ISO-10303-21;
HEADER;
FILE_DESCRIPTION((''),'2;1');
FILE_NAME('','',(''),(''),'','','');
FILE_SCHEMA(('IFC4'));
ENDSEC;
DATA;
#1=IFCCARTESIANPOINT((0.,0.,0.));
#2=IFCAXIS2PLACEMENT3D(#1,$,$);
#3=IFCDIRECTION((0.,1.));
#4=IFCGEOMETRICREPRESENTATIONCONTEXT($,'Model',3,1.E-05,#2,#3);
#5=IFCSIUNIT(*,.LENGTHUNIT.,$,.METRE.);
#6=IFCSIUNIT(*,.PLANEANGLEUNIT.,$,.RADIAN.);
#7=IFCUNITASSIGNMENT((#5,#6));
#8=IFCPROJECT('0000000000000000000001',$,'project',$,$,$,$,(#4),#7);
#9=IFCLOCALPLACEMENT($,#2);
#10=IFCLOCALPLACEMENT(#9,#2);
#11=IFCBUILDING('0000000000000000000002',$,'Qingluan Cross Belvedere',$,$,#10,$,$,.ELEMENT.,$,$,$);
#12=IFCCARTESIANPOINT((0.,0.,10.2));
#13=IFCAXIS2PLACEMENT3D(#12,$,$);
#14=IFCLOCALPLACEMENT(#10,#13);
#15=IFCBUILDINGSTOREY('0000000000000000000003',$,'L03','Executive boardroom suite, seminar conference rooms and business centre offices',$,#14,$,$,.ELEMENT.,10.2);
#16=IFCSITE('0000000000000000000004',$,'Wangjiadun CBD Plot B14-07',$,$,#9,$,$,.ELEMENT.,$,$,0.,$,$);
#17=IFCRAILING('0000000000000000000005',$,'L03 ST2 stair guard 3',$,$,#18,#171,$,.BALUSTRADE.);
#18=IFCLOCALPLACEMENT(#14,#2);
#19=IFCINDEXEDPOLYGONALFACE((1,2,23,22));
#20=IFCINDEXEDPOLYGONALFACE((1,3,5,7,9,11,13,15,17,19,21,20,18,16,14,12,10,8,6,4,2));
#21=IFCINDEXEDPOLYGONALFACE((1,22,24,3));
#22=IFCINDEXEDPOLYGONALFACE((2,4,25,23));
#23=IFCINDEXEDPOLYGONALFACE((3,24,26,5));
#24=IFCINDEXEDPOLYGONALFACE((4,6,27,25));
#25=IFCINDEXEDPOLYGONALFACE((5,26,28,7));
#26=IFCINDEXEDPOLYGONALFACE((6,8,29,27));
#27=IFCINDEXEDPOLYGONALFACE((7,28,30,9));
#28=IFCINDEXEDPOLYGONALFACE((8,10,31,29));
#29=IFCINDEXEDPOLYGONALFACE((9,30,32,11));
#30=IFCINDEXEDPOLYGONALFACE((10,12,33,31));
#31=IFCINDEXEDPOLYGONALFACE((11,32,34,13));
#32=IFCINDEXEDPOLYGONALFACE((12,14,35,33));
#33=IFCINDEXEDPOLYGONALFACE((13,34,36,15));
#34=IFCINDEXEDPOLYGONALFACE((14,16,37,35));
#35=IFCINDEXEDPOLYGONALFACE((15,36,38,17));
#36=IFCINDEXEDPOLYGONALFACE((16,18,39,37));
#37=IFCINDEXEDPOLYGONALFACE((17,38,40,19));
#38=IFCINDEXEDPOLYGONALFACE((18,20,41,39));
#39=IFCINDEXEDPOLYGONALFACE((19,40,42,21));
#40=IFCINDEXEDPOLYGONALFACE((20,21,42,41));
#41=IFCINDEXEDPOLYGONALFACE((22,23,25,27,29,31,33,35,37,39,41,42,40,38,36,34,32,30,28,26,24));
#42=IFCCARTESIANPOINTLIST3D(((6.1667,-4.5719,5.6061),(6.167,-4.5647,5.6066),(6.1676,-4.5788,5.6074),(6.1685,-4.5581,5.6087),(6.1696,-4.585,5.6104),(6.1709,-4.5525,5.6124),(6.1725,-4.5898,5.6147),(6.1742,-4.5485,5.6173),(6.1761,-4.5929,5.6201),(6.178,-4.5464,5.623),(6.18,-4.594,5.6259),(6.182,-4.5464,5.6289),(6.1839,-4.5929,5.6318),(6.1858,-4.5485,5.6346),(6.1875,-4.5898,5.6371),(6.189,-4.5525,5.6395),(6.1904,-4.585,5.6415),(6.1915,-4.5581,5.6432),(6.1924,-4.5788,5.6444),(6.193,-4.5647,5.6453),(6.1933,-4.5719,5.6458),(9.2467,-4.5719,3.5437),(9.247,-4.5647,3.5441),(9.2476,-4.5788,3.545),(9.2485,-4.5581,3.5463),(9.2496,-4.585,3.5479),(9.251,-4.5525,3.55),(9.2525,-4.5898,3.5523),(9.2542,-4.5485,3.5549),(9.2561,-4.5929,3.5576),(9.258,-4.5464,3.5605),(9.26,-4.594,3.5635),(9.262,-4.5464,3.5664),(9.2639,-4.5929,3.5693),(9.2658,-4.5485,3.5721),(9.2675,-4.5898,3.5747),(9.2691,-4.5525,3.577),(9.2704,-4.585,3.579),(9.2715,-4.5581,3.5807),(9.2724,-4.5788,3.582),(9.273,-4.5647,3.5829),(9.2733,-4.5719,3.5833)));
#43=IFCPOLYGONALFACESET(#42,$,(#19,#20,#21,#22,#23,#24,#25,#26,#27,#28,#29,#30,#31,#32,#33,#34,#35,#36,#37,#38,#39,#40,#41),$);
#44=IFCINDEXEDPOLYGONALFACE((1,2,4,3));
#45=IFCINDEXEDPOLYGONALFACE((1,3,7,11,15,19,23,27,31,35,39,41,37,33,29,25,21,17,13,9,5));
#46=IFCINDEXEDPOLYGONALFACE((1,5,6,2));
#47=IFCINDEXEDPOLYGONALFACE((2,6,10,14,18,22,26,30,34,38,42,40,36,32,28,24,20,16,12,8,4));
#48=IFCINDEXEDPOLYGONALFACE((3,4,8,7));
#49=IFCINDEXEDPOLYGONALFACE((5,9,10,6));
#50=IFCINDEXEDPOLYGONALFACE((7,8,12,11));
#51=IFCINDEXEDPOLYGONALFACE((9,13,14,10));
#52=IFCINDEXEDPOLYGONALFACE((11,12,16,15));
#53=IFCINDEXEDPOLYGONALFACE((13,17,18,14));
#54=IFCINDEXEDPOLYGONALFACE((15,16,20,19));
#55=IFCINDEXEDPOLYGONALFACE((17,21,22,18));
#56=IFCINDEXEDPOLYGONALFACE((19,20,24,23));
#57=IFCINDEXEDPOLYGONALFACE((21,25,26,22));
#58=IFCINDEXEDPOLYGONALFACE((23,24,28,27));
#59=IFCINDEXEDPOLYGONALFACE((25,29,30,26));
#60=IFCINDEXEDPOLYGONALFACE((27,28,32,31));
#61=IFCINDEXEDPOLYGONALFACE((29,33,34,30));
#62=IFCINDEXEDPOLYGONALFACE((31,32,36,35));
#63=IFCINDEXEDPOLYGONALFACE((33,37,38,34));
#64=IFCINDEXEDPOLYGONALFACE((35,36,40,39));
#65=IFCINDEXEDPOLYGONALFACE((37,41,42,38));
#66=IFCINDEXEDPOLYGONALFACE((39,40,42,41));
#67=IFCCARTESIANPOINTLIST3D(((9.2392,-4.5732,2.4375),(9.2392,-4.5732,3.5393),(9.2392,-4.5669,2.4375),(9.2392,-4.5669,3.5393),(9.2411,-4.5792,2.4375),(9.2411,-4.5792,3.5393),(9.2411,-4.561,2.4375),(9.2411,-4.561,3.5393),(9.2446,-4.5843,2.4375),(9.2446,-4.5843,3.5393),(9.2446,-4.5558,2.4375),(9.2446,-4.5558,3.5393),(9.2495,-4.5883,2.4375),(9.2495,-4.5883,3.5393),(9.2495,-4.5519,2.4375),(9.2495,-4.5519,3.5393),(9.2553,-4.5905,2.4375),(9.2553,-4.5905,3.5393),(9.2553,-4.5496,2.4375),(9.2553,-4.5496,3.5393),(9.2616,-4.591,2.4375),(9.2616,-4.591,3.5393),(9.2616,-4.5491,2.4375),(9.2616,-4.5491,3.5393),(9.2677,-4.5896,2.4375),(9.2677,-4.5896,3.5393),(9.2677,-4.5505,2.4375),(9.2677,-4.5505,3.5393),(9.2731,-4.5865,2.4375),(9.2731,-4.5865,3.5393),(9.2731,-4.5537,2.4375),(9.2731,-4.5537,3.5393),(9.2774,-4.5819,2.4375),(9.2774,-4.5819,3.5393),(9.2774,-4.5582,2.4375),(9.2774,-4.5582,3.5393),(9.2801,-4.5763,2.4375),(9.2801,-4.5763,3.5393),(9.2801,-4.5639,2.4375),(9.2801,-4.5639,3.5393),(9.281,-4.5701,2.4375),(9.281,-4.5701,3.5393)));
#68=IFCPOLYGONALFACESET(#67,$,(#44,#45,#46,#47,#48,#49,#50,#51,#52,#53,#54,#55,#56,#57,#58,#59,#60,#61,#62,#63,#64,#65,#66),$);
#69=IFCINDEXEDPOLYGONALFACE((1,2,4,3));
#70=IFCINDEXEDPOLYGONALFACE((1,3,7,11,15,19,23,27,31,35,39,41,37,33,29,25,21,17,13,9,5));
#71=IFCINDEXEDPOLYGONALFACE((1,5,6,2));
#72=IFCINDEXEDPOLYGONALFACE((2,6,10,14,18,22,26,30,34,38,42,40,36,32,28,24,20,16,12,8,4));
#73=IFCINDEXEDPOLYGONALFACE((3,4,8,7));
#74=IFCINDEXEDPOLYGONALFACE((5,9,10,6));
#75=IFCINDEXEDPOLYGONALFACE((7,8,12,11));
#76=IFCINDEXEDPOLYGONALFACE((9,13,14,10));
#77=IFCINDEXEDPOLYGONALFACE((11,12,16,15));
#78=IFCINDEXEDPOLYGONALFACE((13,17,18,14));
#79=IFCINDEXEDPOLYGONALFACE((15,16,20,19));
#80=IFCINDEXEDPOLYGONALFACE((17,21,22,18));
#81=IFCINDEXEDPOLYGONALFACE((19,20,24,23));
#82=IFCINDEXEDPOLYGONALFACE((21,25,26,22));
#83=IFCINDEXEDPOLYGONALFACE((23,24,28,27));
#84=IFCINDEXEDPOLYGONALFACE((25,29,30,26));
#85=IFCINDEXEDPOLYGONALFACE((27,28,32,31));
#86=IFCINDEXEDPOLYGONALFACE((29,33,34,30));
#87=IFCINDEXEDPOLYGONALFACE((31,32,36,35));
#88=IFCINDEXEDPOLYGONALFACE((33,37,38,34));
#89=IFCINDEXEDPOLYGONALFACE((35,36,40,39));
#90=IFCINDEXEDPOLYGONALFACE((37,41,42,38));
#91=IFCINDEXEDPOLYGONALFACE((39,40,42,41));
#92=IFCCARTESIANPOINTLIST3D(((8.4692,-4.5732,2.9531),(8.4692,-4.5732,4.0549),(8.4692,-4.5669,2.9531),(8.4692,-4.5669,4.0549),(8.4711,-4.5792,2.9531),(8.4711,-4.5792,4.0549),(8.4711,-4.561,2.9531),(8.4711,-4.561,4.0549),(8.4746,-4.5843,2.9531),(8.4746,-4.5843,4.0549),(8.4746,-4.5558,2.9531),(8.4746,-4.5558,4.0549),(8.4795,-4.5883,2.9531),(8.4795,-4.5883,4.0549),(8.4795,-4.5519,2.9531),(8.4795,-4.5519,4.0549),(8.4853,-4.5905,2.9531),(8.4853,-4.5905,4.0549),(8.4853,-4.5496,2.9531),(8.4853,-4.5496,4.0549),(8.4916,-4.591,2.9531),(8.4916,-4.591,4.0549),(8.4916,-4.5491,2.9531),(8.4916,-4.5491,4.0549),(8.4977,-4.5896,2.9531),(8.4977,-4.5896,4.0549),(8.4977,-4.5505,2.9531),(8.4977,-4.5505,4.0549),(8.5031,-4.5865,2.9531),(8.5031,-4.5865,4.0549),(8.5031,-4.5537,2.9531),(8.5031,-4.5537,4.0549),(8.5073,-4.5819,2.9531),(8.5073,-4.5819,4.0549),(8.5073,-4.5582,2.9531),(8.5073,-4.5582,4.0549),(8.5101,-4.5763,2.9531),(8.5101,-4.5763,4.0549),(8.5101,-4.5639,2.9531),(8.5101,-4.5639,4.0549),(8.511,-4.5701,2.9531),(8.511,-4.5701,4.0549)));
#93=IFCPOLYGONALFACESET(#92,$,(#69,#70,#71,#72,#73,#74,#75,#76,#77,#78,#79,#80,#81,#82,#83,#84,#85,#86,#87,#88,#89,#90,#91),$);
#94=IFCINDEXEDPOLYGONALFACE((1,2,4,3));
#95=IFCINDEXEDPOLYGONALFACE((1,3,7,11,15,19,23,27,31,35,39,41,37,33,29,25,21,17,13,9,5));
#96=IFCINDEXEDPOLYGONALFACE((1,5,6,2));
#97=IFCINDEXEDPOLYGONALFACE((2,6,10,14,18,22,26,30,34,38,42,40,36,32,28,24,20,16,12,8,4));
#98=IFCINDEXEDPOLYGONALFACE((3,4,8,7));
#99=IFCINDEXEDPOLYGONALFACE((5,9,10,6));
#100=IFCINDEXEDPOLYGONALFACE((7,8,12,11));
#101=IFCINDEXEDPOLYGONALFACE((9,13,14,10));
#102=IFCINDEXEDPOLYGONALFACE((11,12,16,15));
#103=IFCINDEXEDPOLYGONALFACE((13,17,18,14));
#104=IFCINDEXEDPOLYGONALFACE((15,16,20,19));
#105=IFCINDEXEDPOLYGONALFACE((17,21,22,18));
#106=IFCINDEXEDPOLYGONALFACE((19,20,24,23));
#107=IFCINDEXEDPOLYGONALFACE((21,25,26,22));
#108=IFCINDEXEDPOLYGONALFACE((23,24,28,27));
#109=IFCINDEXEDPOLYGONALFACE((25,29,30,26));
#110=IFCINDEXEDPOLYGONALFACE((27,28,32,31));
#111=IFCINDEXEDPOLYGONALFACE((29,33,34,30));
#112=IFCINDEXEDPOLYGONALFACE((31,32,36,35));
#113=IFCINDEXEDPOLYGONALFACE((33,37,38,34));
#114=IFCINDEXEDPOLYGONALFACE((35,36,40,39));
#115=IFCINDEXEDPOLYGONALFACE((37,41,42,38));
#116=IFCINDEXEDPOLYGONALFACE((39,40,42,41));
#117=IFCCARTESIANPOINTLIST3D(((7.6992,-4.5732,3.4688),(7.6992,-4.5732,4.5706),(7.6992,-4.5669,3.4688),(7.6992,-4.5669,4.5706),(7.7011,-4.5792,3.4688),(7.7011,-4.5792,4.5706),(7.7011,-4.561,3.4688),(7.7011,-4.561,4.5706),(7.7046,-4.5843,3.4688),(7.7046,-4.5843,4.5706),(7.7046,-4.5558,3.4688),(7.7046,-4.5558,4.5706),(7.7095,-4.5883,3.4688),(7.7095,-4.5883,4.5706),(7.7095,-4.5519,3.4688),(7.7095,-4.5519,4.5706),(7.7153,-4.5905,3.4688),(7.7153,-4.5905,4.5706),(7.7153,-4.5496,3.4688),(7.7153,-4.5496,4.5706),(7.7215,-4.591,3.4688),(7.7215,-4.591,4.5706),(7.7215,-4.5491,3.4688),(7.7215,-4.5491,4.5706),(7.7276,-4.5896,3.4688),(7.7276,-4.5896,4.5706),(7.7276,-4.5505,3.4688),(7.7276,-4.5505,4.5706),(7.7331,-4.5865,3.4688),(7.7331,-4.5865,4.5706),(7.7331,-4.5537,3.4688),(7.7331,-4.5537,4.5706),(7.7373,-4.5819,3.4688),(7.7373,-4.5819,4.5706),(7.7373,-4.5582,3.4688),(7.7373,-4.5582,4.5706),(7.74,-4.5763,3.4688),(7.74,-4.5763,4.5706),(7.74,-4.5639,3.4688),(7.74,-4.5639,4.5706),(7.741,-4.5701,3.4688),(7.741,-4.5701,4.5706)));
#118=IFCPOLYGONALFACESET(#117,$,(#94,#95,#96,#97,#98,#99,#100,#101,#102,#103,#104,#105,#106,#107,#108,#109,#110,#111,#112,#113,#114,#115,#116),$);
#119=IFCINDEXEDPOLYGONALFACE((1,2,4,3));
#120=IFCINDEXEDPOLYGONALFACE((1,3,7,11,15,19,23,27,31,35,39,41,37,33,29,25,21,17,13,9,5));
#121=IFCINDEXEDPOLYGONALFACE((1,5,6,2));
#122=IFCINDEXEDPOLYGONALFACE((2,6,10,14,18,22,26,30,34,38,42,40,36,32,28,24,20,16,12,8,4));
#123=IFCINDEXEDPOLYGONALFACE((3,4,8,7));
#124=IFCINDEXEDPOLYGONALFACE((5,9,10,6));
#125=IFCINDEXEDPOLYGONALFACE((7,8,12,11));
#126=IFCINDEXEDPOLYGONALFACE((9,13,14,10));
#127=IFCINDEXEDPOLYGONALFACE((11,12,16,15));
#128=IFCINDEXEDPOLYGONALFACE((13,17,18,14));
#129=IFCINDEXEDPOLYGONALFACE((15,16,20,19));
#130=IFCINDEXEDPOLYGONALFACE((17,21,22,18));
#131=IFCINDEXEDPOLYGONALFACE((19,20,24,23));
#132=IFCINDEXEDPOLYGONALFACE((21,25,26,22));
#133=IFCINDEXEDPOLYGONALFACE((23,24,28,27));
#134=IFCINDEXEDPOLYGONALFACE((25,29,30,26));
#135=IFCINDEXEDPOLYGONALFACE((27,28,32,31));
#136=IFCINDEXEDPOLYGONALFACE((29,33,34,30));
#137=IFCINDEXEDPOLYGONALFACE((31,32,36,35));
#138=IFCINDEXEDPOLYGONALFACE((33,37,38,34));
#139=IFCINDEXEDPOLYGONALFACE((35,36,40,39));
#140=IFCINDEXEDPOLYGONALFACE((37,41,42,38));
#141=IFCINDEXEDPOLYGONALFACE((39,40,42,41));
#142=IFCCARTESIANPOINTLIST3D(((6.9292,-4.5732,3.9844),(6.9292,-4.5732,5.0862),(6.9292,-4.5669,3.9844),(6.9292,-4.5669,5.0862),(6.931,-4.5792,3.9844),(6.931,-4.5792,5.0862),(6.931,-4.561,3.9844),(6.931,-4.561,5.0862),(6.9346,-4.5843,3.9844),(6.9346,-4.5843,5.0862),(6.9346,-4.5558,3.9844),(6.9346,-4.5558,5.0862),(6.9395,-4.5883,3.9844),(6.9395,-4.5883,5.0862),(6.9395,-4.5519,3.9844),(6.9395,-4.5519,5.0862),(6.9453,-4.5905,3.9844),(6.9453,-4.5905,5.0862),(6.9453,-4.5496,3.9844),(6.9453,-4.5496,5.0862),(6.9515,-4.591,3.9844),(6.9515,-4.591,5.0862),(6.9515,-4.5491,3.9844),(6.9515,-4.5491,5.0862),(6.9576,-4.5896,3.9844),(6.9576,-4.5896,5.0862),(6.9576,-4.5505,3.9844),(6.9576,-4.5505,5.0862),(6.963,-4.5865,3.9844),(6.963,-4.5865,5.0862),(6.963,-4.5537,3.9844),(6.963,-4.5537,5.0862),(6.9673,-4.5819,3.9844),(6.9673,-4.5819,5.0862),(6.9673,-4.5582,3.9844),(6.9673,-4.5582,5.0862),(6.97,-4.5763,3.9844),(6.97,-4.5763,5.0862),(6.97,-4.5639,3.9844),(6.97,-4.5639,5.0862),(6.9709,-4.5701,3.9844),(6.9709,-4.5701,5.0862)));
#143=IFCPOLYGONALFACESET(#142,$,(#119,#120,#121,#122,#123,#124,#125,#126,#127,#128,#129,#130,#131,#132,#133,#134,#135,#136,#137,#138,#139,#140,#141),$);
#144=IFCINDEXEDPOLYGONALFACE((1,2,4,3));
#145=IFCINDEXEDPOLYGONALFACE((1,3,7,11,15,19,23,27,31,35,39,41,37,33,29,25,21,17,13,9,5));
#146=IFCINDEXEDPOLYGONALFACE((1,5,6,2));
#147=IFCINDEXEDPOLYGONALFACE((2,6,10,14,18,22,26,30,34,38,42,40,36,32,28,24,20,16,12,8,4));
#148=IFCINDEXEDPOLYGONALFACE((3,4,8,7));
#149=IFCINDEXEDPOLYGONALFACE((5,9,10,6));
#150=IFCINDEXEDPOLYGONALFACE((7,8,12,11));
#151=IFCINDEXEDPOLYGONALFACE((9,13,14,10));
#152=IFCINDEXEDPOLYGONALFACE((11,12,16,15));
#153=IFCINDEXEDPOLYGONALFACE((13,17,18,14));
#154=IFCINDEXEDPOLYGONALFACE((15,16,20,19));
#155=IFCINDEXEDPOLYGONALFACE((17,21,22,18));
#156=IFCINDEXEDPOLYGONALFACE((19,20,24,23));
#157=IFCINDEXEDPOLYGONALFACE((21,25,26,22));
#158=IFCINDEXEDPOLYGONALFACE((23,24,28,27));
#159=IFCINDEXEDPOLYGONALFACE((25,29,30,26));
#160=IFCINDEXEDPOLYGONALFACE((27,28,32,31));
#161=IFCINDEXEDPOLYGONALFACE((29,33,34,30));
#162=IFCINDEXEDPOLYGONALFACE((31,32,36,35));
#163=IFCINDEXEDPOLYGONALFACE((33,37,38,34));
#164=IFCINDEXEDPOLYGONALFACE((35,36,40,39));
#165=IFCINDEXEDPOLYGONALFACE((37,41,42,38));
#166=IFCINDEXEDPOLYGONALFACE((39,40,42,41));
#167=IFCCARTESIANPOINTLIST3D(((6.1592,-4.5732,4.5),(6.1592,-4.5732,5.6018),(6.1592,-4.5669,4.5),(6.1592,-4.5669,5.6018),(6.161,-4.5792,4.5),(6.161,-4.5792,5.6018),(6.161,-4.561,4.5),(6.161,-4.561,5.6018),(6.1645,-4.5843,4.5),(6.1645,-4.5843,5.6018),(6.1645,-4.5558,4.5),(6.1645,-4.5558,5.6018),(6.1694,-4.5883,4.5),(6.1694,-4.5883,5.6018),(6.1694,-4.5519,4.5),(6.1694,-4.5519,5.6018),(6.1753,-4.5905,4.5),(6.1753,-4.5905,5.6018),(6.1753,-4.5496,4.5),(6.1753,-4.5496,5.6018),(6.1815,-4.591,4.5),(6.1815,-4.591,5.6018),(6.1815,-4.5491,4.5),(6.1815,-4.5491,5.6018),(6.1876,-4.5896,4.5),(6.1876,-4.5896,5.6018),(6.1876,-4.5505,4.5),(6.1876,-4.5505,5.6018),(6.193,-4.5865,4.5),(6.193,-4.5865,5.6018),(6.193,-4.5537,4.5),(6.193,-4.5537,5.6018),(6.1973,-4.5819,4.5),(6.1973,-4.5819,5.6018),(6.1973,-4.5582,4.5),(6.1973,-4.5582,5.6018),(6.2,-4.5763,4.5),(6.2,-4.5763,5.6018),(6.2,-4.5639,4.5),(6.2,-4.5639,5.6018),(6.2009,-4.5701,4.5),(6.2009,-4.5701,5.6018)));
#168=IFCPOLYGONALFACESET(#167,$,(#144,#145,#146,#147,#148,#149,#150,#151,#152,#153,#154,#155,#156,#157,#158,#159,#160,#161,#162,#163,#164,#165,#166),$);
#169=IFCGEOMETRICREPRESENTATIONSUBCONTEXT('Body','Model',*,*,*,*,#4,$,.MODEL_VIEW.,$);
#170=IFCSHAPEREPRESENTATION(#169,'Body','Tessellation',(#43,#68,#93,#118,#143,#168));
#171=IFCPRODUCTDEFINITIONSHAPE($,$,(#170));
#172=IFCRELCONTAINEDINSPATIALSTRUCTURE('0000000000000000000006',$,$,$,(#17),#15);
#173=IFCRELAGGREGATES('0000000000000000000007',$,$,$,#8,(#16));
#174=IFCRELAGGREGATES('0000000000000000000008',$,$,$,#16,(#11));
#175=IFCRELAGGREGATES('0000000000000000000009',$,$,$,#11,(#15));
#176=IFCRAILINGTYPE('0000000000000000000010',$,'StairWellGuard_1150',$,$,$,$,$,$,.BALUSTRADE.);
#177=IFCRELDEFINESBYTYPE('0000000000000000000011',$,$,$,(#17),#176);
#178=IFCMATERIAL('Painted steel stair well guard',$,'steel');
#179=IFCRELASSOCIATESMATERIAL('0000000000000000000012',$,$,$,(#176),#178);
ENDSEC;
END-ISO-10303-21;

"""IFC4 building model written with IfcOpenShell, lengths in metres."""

from ifc_helpers import new_model, si_unit, direction, frame, origin, origin_2d, place, context, subcontext, project, spatial, circle, extrude, material, type_object, element, save


model = new_model("IFC4")

# Units and contexts
model_context = context("Model", 3, precision=1e-05, world=origin(), true_north=direction((0.0, 1.0)))
body_context = subcontext(model_context, "Body", "Model", "MODEL_VIEW")
ifc_project = project(units=[si_unit("LENGTHUNIT", "METRE"), si_unit("PLANEANGLEUNIT", "RADIAN")], contexts=[model_context])

# Site, building, storey
site_placement = place(None, origin())
site = spatial("IfcSite", under=ifc_project, at=site_placement, Name="Wangjiadun CBD Plot B14-07", CompositionType="ELEMENT", RefElevation=0.0)
building_placement = place(site_placement, origin())
building = spatial("IfcBuilding", under=site, at=building_placement, Name="Qingluan Cross Belvedere", CompositionType="ELEMENT")
storey_placement = place(building_placement, frame((0.0, 0.0, 10.2)))
storey = spatial("IfcBuildingStorey", under=building, at=storey_placement, Name="L03", Description="Executive boardroom suite, seminar conference rooms and business centre offices", CompositionType="ELEMENT", Elevation=10.2)

# Railing
ifc_material_1 = material(Name="Painted steel stair well guard", Category="steel")
railing_type_1 = type_object("IfcRailingType", Name="StairWellGuard_1150", PredefinedType="BALUSTRADE", material=ifc_material_1)
railing_1_placement = place(storey_placement, frame((9.26, -4.5701, 2.4375)))
element("IfcRailing", 1, at=railing_1_placement, inside=storey, type_object=railing_type_1, Name="L03 ST2 stair guard 3", PredefinedType="BALUSTRADE", context=body_context, shape_type="SweptSolid", body=[
    extrude(circle(Radius=0.0239, at=origin_2d()), frame((0.0, 0.0, 1.126), z_axis=(-0.830914, 0.0, 0.556401), x_axis=(0.0, -1.0, 0.0)), (0.0, 0.0, 1.0), 3.7068),
    extrude(circle(Radius=0.021, at=origin_2d()), origin(), (0.0, 0.0, 1.0), 1.1018),
    extrude(circle(Radius=0.021, at=origin_2d()), frame((-0.77, 0.0, 0.5156)), (0.0, 0.0, 1.0), 1.1018),
    extrude(circle(Radius=0.021, at=origin_2d()), frame((-1.54, 0.0, 1.0312)), (0.0, 0.0, 1.0), 1.1018),
    extrude(circle(Radius=0.021, at=origin_2d()), frame((-2.3101, 0.0, 1.5469)), (0.0, 0.0, 1.0), 1.1018),
    extrude(circle(Radius=0.021, at=origin_2d()), frame((-3.0801, 0.0, 2.0625)), (0.0, 0.0, 1.0), 1.1018),
])

save(model, "model.ifc")
